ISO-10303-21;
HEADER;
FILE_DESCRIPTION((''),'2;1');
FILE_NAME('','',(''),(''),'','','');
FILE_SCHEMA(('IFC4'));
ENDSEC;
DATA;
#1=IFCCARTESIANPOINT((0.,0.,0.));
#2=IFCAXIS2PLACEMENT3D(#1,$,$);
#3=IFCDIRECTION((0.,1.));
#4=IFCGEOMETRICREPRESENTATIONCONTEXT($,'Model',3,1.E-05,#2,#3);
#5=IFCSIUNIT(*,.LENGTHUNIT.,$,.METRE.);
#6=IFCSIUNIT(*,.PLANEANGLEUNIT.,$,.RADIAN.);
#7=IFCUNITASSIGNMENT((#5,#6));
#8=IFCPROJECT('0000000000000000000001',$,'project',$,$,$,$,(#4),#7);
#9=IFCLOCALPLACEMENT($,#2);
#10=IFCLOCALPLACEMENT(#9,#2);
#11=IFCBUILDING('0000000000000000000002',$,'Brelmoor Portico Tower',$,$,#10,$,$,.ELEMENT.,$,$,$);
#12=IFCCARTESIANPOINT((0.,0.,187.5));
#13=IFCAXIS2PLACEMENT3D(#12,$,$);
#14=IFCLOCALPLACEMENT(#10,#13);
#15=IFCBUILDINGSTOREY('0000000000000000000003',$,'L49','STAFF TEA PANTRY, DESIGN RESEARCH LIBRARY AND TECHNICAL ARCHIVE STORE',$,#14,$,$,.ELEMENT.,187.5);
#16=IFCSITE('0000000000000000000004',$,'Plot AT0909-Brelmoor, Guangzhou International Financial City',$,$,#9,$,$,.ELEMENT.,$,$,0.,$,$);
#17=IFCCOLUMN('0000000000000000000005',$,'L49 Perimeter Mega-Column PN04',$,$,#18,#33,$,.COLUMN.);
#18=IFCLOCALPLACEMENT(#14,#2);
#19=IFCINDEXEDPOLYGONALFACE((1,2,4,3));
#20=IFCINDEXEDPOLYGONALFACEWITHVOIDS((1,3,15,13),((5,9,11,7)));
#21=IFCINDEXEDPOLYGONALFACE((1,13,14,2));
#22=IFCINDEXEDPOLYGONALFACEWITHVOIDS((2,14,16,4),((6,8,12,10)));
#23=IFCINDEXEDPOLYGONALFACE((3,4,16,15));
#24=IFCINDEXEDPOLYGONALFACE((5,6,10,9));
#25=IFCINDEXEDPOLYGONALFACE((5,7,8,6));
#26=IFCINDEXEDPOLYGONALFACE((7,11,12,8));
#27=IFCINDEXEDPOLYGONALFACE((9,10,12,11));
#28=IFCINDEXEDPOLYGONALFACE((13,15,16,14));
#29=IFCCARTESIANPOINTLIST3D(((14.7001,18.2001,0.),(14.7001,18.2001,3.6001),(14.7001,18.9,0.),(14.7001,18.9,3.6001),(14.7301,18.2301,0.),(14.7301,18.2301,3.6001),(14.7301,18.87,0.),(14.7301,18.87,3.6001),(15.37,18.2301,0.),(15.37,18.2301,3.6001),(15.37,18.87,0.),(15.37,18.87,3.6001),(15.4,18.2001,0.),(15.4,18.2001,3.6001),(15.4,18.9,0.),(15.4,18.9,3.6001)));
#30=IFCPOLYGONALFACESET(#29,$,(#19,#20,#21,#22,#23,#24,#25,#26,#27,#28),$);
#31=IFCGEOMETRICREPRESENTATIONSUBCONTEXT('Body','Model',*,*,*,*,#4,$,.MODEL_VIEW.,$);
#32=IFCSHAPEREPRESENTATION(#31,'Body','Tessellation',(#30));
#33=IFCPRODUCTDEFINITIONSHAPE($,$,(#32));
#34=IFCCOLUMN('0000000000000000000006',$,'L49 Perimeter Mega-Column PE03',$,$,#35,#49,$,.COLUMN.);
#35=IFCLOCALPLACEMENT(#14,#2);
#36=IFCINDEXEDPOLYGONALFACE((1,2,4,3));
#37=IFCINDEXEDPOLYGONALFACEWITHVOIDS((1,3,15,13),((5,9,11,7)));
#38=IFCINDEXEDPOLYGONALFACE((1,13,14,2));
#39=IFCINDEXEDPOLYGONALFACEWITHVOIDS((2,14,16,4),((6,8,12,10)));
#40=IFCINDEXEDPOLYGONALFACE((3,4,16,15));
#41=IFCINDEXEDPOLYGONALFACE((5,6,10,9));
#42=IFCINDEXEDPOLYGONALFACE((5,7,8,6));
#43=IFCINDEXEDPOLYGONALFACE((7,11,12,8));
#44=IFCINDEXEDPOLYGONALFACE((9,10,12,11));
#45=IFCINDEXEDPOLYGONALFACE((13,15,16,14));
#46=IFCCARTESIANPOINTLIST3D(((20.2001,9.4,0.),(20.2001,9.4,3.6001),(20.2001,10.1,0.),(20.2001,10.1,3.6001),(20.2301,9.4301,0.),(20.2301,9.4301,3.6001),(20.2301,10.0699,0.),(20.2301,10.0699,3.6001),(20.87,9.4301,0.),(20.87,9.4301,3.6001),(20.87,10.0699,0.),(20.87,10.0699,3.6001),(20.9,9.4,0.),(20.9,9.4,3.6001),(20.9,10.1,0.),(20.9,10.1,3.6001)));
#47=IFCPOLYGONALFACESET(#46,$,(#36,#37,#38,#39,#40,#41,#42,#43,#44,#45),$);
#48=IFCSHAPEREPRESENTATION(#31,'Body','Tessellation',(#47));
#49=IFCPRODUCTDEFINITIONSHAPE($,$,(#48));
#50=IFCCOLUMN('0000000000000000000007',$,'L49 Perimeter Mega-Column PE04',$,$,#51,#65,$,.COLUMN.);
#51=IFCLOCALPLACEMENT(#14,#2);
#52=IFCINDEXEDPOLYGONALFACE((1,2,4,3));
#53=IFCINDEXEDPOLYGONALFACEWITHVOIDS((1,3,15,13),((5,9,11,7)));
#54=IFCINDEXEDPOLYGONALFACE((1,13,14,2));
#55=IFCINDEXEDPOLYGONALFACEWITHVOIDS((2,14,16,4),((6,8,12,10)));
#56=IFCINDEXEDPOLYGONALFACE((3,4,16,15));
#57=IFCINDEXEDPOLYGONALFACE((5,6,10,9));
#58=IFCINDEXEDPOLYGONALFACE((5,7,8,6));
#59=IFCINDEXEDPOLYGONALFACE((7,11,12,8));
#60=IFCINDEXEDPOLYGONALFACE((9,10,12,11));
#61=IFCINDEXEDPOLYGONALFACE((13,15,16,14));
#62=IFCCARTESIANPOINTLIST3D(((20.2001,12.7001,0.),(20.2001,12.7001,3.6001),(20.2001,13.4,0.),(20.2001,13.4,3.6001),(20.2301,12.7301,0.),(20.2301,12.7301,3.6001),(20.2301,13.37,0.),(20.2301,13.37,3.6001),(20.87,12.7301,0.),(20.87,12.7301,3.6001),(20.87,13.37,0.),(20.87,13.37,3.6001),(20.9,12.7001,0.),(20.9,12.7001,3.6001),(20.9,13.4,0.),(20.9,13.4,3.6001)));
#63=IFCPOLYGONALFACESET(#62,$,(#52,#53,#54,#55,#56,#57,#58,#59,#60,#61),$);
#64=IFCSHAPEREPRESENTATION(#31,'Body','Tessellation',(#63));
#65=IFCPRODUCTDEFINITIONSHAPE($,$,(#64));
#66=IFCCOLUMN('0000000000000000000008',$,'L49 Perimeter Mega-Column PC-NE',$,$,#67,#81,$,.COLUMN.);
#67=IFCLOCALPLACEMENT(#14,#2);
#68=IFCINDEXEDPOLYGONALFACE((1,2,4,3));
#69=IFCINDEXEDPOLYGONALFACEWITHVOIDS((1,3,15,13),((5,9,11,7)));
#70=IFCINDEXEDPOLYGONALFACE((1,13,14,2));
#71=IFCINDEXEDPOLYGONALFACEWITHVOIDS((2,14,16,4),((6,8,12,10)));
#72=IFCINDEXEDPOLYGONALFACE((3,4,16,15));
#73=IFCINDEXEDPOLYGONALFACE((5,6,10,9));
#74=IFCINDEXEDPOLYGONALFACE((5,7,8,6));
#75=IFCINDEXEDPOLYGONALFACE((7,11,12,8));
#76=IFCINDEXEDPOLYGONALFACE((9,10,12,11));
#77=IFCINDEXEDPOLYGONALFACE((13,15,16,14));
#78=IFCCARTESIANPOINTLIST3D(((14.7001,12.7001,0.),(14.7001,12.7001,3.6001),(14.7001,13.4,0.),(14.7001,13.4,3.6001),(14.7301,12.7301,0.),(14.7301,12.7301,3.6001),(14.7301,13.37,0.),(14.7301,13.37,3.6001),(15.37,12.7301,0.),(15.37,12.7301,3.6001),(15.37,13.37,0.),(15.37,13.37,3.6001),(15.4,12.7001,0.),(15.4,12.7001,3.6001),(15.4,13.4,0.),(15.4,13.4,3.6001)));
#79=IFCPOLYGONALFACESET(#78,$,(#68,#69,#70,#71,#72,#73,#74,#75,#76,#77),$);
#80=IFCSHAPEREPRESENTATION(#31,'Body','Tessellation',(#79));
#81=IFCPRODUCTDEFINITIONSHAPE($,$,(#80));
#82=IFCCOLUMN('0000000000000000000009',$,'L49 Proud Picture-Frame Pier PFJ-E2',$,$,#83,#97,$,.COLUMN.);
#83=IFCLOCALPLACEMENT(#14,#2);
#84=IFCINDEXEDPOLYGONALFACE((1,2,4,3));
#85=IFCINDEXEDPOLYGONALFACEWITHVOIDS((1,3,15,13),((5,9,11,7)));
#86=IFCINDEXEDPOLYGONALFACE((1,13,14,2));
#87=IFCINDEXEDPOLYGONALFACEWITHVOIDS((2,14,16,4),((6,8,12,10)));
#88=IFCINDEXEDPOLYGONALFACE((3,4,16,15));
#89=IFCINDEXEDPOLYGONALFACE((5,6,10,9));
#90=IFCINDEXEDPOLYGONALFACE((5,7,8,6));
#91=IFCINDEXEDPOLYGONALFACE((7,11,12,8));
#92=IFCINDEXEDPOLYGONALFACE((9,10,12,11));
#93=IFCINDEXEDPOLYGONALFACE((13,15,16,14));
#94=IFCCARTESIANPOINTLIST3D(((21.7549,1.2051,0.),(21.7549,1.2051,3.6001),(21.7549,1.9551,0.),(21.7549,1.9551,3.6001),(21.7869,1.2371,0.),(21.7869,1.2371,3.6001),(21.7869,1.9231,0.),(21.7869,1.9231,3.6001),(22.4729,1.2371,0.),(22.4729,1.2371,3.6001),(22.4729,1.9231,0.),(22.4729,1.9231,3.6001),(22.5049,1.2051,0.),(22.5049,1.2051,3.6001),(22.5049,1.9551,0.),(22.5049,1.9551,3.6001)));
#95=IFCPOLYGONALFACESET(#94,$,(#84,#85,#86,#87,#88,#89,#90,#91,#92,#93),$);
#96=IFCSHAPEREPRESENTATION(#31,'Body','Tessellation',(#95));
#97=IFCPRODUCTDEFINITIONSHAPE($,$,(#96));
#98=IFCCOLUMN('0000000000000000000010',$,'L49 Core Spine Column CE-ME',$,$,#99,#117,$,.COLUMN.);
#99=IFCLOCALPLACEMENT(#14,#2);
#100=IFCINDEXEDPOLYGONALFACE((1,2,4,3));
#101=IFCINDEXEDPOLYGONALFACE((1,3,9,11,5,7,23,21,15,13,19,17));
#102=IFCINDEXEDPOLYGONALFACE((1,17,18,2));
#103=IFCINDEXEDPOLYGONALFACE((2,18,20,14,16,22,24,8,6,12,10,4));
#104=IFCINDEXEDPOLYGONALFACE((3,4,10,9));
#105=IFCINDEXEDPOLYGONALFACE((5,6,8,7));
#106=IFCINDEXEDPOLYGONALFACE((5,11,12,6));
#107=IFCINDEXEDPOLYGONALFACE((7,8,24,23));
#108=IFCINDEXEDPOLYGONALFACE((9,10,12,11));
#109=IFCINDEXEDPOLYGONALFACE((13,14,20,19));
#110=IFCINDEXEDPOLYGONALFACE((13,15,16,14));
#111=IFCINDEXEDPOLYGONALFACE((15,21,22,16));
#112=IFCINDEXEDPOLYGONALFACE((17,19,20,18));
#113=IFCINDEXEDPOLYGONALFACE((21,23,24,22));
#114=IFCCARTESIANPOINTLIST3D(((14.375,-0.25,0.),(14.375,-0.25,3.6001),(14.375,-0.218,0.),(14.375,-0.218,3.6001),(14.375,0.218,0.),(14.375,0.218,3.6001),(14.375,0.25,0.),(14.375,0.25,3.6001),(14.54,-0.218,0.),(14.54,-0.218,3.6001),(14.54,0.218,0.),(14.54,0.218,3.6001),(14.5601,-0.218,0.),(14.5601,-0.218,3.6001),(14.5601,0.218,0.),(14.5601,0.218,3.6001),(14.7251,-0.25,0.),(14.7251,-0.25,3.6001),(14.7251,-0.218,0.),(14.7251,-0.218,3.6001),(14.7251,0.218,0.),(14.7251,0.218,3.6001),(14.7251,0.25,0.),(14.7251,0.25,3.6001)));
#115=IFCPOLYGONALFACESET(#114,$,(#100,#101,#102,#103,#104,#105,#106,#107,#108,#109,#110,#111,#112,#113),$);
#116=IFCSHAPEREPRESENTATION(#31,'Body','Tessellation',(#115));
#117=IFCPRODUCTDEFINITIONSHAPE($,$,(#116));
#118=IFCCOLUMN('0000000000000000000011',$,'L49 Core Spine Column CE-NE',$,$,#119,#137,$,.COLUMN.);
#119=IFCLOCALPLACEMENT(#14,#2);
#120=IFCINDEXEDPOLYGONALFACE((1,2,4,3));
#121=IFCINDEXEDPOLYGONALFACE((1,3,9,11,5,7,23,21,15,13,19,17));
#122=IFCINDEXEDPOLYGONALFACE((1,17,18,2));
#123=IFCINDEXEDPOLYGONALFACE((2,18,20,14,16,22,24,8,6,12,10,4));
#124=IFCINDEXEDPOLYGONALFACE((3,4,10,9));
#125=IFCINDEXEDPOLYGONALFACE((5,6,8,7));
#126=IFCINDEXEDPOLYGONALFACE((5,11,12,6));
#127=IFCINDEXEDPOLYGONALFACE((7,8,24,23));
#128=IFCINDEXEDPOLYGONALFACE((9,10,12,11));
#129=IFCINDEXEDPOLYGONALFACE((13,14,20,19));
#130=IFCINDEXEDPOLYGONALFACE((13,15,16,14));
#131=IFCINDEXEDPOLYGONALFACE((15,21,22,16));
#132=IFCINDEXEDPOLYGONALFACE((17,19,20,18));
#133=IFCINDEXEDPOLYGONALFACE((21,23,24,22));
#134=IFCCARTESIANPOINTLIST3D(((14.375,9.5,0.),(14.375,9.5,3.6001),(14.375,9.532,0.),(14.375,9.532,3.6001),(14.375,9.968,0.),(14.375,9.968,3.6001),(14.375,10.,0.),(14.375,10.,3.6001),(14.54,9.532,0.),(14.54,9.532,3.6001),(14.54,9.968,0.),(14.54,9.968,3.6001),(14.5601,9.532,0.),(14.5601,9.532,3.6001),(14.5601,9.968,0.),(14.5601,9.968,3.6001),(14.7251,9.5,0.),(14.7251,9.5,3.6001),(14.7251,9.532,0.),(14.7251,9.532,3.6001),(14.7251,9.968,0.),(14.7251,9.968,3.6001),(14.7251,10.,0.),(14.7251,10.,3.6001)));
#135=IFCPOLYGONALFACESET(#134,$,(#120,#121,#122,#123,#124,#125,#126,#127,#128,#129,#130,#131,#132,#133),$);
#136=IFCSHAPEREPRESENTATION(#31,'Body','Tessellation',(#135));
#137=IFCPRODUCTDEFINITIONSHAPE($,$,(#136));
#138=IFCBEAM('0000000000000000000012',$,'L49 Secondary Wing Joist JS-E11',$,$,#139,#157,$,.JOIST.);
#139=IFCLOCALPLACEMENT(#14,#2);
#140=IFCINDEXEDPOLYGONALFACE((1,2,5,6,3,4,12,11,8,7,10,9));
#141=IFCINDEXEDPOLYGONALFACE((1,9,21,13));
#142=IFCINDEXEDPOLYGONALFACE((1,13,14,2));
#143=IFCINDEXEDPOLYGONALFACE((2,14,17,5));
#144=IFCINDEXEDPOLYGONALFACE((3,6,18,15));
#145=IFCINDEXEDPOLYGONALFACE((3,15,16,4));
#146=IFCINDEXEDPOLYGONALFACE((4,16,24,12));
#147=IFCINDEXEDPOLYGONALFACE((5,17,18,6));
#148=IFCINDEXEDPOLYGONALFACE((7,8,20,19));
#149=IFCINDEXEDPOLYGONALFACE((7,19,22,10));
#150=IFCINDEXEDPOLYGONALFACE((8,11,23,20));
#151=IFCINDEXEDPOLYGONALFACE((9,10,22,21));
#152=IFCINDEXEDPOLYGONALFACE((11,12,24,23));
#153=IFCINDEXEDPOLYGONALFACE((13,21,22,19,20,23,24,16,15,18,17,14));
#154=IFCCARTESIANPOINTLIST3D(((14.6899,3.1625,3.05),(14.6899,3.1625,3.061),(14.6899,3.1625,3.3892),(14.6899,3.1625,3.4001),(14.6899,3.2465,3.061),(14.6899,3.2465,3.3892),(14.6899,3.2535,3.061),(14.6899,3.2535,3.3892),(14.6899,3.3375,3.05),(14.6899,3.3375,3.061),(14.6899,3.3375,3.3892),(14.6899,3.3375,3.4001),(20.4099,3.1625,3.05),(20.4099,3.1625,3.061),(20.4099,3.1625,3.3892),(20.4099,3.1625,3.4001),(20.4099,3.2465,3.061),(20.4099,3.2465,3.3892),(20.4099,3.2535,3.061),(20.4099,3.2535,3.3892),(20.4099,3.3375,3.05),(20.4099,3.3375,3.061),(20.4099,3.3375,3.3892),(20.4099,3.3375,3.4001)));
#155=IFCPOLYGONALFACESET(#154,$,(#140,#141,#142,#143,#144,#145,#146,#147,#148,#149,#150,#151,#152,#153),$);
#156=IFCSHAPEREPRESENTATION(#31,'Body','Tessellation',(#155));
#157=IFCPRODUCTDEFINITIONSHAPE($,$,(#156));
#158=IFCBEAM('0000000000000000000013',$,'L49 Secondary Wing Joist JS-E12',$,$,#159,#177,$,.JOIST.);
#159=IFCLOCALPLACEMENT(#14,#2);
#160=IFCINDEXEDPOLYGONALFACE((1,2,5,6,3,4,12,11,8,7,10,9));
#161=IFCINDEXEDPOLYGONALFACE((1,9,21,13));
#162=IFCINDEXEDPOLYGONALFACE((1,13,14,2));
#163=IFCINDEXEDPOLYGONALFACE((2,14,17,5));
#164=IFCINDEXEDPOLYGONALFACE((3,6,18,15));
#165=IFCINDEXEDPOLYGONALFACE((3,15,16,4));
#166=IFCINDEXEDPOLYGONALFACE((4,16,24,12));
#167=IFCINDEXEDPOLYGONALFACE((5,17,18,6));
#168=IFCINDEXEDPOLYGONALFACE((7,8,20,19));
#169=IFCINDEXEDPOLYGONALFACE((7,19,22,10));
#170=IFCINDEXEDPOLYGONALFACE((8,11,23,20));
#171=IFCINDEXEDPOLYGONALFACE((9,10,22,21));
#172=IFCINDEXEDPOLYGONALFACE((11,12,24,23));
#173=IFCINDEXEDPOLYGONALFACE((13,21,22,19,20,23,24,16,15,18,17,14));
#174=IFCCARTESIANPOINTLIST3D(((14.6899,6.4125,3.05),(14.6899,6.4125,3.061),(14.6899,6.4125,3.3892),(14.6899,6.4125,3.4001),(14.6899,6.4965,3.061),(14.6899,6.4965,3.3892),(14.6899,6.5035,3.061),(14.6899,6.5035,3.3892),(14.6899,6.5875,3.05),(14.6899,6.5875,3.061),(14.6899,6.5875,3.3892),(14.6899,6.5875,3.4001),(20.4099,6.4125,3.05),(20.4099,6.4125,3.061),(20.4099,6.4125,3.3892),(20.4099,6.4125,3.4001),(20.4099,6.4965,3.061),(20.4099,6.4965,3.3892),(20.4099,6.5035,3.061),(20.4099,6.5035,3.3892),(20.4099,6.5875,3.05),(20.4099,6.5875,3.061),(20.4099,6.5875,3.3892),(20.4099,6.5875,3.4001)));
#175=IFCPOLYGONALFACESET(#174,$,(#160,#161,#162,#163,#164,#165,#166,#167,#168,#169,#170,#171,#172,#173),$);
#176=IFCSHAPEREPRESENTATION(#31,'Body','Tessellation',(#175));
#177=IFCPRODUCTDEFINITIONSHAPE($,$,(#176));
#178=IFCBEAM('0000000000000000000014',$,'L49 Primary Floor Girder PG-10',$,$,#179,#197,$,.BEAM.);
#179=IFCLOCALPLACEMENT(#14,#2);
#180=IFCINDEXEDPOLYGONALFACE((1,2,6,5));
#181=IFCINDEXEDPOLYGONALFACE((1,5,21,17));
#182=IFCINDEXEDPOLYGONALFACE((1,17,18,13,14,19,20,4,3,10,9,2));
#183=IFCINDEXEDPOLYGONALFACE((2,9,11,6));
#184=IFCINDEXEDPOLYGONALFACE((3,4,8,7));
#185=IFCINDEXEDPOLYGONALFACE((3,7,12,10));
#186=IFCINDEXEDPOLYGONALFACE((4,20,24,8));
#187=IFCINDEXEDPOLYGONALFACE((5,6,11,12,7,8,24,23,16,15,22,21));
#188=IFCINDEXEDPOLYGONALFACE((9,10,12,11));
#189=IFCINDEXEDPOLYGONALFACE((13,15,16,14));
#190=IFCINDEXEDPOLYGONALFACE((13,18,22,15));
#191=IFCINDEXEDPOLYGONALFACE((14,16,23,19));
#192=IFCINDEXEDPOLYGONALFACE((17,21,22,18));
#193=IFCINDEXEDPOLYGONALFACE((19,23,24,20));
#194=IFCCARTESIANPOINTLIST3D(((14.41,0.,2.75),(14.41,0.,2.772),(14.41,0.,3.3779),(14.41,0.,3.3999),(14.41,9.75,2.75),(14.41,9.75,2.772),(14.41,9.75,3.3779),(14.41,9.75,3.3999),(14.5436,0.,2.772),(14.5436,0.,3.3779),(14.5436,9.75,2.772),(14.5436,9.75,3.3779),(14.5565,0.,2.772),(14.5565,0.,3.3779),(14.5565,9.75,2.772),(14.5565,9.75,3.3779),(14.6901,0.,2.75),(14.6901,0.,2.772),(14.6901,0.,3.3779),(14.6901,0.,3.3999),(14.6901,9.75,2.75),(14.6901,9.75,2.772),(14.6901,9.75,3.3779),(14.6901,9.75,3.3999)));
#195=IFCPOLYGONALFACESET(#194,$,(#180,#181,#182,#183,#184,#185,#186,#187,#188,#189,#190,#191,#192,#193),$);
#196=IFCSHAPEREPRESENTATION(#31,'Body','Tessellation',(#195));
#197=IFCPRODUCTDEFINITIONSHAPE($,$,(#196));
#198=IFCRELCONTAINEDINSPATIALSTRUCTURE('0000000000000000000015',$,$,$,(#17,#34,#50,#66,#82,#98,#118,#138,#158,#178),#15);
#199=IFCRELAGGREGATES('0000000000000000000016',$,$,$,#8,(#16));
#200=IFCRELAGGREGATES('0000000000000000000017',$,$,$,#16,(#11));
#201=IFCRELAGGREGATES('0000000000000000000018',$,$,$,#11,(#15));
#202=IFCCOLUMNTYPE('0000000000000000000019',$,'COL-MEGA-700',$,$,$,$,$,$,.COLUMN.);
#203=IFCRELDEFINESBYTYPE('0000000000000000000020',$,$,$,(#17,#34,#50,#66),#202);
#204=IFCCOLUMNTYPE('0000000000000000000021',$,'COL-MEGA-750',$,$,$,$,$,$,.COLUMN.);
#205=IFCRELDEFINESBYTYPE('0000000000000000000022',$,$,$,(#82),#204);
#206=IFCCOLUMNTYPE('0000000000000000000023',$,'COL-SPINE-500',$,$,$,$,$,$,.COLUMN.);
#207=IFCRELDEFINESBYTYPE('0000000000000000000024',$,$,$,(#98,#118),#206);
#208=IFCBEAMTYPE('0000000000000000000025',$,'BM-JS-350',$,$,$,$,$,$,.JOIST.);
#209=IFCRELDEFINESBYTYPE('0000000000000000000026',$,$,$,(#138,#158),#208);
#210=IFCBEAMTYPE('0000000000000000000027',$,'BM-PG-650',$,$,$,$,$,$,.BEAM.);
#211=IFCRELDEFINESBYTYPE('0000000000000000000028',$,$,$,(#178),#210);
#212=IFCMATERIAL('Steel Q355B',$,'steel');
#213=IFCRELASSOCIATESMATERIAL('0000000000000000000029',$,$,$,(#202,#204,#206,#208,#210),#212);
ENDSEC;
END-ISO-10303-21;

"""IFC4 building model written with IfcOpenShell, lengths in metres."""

from ifc_helpers import new_model, si_unit, direction, frame, origin, origin_2d, place, context, subcontext, project, spatial, hollow_rectangle, i_section, extrude, material, material_profile, profile_set, type_object, element, save


model = new_model("IFC4")

# Units and contexts
model_context = context("Model", 3, precision=1e-05, world=origin(), true_north=direction((0.0, 1.0)))
body_context = subcontext(model_context, "Body", "Model", "MODEL_VIEW")
ifc_project = project(units=[si_unit("LENGTHUNIT", "METRE"), si_unit("PLANEANGLEUNIT", "RADIAN")], contexts=[model_context])

# Site, building, storey
site_placement = place(None, origin())
site = spatial("IfcSite", under=ifc_project, at=site_placement, Name="Plot AT0909-Brelmoor, Guangzhou International Financial City", CompositionType="ELEMENT", RefElevation=0.0)
building_placement = place(site_placement, origin())
building = spatial("IfcBuilding", under=site, at=building_placement, Name="Brelmoor Portico Tower", CompositionType="ELEMENT")
storey_placement = place(building_placement, frame((0.0, 0.0, 187.5)))
storey = spatial("IfcBuildingStorey", under=building, at=storey_placement, Name="L49", Description="STAFF TEA PANTRY, DESIGN RESEARCH LIBRARY AND TECHNICAL ARCHIVE STORE", CompositionType="ELEMENT", Elevation=187.5)

# Columns
ifc_material_1 = material(Name="Steel Q355B", Category="steel")
ifc_material_profile_1 = material_profile(ifc_material_1, hollow_rectangle(XDim=0.7, YDim=0.7, WallThickness=0.03, at=origin_2d()), Name="BOX 700x700x30")
ifc_profile_set_1 = profile_set([ifc_material_profile_1], Name="Steel Q355B")
column_type_1 = type_object("IfcColumnType", Name="COL-MEGA-700", PredefinedType="COLUMN", material=ifc_profile_set_1)
for number, where, z_axis, x_axis, name in (
    (1, (15.05, 18.55, 0.0), (0.0, 0.0, 1.0), (1.0, 0.0, 0.0), "L49 Perimeter Mega-Column PN04"),
    (2, (20.55, 9.75, 0.0), (0.0, 0.0, 1.0), (0.0, 1.0, 0.0), "L49 Perimeter Mega-Column PE03"),
    (3, (20.55, 13.05, 0.0), (0.0, 0.0, 1.0), (0.0, 1.0, 0.0), "L49 Perimeter Mega-Column PE04"),
    (4, (15.05, 13.05, 0.0), (0.0, 0.0, 1.0), (1.0, 0.0, 0.0), "L49 Perimeter Mega-Column PC-NE"),
):
    element("IfcColumn", number, at=place(storey_placement, frame(where, z_axis=z_axis, x_axis=x_axis)), inside=storey, type_object=column_type_1, Name=name, PredefinedType="COLUMN", context=body_context, shape_type="SweptSolid", body=[
        extrude(hollow_rectangle(XDim=0.7, YDim=0.7, WallThickness=0.03, at=origin_2d()), origin(), (0.0, 0.0, 1.0), 3.6001),
    ])
ifc_material_profile_2 = material_profile(ifc_material_1, hollow_rectangle(XDim=0.75, YDim=0.75, WallThickness=0.032, at=origin_2d()), Name="BOX 750x750x32")
ifc_profile_set_2 = profile_set([ifc_material_profile_2], Name="Steel Q355B")
column_type_2 = type_object("IfcColumnType", Name="COL-MEGA-750", PredefinedType="COLUMN", material=ifc_profile_set_2)
column_placement = place(storey_placement, frame((22.1299, 1.5801, 0.0), z_axis=(0.0, 0.0, 1.0), x_axis=(0.0, 1.0, 0.0)))
element("IfcColumn", 5, at=column_placement, inside=storey, type_object=column_type_2, Name="L49 Proud Picture-Frame Pier PFJ-E2", PredefinedType="COLUMN", context=body_context, shape_type="SweptSolid", body=[
    extrude(hollow_rectangle(XDim=0.75, YDim=0.75, WallThickness=0.032, at=origin_2d()), origin(), (0.0, 0.0, 1.0), 3.6001),
])
ifc_material_profile_3 = material_profile(ifc_material_1, i_section(OverallWidth=0.3501, OverallDepth=0.5, WebThickness=0.02, FlangeThickness=0.032, at=origin_2d()), Name="HW 500x350x20x32")
ifc_profile_set_3 = profile_set([ifc_material_profile_3], Name="Steel Q355B")
column_type_3 = type_object("IfcColumnType", Name="COL-SPINE-500", PredefinedType="COLUMN", material=ifc_profile_set_3)
for number, where, z_axis, x_axis, name in (
    (6, (14.55, 0.0, 0.0), (0.0, 0.0, 1.0), (1.0, 0.0, 0.0), "L49 Core Spine Column CE-ME"),
    (7, (14.55, 9.75, 0.0), (0.0, 0.0, 1.0), (1.0, 0.0, 0.0), "L49 Core Spine Column CE-NE"),
):
    element("IfcColumn", number, at=place(storey_placement, frame(where, z_axis=z_axis, x_axis=x_axis)), inside=storey, type_object=column_type_3, Name=name, PredefinedType="COLUMN", context=body_context, shape_type="SweptSolid", body=[
        extrude(i_section(OverallWidth=0.3501, OverallDepth=0.5, WebThickness=0.02, FlangeThickness=0.032, at=origin_2d()), origin(), (0.0, 0.0, 1.0), 3.6001),
    ])

# Beams
ifc_material_profile_4 = material_profile(ifc_material_1, i_section(OverallWidth=0.175, OverallDepth=0.3501, WebThickness=0.0071, FlangeThickness=0.011, at=origin_2d()), Name="HN 350x175x7x11")
ifc_profile_set_4 = profile_set([ifc_material_profile_4], Name="Steel Q355B")
beam_type_1 = type_object("IfcBeamType", Name="BM-JS-350", PredefinedType="JOIST", material=ifc_profile_set_4)
for number, where, z_axis, x_axis, name in (
    (8, (14.6899, 3.25, 3.2251), (1.0, 0.0, 0.0), (0.0, 1.0, 0.0), "L49 Secondary Wing Joist JS-E11"),
    (9, (14.6899, 6.5, 3.2251), (1.0, 0.0, 0.0), (0.0, 1.0, 0.0), "L49 Secondary Wing Joist JS-E12"),
):
    element("IfcBeam", number, at=place(storey_placement, frame(where, z_axis=z_axis, x_axis=x_axis)), inside=storey, type_object=beam_type_1, Name=name, PredefinedType="JOIST", context=body_context, shape_type="SweptSolid", body=[
        extrude(i_section(OverallWidth=0.175, OverallDepth=0.3501, WebThickness=0.0071, FlangeThickness=0.011, at=origin_2d()), origin(), (0.0, 0.0, 1.0), 5.72),
    ])
ifc_material_profile_5 = material_profile(ifc_material_1, i_section(OverallWidth=0.28, OverallDepth=0.6499, WebThickness=0.0129, FlangeThickness=0.022, at=origin_2d()), Name="HN 650x280x13x22")
ifc_profile_set_5 = profile_set([ifc_material_profile_5], Name="Steel Q355B")
beam_type_2 = type_object("IfcBeamType", Name="BM-PG-650", PredefinedType="BEAM", material=ifc_profile_set_5)
beam_1_placement = place(storey_placement, frame((14.55, 0.0, 3.075), z_axis=(0.0, 1.0, 0.0), x_axis=(-1.0, 0.0, 0.0)))
element("IfcBeam", 10, at=beam_1_placement, inside=storey, type_object=beam_type_2, Name="L49 Primary Floor Girder PG-10", PredefinedType="BEAM", context=body_context, shape_type="SweptSolid", body=[
    extrude(i_section(OverallWidth=0.28, OverallDepth=0.6499, WebThickness=0.0129, FlangeThickness=0.022, at=origin_2d()), origin(), (0.0, 0.0, 1.0), 9.75),
])

save(model, "model.ifc")
